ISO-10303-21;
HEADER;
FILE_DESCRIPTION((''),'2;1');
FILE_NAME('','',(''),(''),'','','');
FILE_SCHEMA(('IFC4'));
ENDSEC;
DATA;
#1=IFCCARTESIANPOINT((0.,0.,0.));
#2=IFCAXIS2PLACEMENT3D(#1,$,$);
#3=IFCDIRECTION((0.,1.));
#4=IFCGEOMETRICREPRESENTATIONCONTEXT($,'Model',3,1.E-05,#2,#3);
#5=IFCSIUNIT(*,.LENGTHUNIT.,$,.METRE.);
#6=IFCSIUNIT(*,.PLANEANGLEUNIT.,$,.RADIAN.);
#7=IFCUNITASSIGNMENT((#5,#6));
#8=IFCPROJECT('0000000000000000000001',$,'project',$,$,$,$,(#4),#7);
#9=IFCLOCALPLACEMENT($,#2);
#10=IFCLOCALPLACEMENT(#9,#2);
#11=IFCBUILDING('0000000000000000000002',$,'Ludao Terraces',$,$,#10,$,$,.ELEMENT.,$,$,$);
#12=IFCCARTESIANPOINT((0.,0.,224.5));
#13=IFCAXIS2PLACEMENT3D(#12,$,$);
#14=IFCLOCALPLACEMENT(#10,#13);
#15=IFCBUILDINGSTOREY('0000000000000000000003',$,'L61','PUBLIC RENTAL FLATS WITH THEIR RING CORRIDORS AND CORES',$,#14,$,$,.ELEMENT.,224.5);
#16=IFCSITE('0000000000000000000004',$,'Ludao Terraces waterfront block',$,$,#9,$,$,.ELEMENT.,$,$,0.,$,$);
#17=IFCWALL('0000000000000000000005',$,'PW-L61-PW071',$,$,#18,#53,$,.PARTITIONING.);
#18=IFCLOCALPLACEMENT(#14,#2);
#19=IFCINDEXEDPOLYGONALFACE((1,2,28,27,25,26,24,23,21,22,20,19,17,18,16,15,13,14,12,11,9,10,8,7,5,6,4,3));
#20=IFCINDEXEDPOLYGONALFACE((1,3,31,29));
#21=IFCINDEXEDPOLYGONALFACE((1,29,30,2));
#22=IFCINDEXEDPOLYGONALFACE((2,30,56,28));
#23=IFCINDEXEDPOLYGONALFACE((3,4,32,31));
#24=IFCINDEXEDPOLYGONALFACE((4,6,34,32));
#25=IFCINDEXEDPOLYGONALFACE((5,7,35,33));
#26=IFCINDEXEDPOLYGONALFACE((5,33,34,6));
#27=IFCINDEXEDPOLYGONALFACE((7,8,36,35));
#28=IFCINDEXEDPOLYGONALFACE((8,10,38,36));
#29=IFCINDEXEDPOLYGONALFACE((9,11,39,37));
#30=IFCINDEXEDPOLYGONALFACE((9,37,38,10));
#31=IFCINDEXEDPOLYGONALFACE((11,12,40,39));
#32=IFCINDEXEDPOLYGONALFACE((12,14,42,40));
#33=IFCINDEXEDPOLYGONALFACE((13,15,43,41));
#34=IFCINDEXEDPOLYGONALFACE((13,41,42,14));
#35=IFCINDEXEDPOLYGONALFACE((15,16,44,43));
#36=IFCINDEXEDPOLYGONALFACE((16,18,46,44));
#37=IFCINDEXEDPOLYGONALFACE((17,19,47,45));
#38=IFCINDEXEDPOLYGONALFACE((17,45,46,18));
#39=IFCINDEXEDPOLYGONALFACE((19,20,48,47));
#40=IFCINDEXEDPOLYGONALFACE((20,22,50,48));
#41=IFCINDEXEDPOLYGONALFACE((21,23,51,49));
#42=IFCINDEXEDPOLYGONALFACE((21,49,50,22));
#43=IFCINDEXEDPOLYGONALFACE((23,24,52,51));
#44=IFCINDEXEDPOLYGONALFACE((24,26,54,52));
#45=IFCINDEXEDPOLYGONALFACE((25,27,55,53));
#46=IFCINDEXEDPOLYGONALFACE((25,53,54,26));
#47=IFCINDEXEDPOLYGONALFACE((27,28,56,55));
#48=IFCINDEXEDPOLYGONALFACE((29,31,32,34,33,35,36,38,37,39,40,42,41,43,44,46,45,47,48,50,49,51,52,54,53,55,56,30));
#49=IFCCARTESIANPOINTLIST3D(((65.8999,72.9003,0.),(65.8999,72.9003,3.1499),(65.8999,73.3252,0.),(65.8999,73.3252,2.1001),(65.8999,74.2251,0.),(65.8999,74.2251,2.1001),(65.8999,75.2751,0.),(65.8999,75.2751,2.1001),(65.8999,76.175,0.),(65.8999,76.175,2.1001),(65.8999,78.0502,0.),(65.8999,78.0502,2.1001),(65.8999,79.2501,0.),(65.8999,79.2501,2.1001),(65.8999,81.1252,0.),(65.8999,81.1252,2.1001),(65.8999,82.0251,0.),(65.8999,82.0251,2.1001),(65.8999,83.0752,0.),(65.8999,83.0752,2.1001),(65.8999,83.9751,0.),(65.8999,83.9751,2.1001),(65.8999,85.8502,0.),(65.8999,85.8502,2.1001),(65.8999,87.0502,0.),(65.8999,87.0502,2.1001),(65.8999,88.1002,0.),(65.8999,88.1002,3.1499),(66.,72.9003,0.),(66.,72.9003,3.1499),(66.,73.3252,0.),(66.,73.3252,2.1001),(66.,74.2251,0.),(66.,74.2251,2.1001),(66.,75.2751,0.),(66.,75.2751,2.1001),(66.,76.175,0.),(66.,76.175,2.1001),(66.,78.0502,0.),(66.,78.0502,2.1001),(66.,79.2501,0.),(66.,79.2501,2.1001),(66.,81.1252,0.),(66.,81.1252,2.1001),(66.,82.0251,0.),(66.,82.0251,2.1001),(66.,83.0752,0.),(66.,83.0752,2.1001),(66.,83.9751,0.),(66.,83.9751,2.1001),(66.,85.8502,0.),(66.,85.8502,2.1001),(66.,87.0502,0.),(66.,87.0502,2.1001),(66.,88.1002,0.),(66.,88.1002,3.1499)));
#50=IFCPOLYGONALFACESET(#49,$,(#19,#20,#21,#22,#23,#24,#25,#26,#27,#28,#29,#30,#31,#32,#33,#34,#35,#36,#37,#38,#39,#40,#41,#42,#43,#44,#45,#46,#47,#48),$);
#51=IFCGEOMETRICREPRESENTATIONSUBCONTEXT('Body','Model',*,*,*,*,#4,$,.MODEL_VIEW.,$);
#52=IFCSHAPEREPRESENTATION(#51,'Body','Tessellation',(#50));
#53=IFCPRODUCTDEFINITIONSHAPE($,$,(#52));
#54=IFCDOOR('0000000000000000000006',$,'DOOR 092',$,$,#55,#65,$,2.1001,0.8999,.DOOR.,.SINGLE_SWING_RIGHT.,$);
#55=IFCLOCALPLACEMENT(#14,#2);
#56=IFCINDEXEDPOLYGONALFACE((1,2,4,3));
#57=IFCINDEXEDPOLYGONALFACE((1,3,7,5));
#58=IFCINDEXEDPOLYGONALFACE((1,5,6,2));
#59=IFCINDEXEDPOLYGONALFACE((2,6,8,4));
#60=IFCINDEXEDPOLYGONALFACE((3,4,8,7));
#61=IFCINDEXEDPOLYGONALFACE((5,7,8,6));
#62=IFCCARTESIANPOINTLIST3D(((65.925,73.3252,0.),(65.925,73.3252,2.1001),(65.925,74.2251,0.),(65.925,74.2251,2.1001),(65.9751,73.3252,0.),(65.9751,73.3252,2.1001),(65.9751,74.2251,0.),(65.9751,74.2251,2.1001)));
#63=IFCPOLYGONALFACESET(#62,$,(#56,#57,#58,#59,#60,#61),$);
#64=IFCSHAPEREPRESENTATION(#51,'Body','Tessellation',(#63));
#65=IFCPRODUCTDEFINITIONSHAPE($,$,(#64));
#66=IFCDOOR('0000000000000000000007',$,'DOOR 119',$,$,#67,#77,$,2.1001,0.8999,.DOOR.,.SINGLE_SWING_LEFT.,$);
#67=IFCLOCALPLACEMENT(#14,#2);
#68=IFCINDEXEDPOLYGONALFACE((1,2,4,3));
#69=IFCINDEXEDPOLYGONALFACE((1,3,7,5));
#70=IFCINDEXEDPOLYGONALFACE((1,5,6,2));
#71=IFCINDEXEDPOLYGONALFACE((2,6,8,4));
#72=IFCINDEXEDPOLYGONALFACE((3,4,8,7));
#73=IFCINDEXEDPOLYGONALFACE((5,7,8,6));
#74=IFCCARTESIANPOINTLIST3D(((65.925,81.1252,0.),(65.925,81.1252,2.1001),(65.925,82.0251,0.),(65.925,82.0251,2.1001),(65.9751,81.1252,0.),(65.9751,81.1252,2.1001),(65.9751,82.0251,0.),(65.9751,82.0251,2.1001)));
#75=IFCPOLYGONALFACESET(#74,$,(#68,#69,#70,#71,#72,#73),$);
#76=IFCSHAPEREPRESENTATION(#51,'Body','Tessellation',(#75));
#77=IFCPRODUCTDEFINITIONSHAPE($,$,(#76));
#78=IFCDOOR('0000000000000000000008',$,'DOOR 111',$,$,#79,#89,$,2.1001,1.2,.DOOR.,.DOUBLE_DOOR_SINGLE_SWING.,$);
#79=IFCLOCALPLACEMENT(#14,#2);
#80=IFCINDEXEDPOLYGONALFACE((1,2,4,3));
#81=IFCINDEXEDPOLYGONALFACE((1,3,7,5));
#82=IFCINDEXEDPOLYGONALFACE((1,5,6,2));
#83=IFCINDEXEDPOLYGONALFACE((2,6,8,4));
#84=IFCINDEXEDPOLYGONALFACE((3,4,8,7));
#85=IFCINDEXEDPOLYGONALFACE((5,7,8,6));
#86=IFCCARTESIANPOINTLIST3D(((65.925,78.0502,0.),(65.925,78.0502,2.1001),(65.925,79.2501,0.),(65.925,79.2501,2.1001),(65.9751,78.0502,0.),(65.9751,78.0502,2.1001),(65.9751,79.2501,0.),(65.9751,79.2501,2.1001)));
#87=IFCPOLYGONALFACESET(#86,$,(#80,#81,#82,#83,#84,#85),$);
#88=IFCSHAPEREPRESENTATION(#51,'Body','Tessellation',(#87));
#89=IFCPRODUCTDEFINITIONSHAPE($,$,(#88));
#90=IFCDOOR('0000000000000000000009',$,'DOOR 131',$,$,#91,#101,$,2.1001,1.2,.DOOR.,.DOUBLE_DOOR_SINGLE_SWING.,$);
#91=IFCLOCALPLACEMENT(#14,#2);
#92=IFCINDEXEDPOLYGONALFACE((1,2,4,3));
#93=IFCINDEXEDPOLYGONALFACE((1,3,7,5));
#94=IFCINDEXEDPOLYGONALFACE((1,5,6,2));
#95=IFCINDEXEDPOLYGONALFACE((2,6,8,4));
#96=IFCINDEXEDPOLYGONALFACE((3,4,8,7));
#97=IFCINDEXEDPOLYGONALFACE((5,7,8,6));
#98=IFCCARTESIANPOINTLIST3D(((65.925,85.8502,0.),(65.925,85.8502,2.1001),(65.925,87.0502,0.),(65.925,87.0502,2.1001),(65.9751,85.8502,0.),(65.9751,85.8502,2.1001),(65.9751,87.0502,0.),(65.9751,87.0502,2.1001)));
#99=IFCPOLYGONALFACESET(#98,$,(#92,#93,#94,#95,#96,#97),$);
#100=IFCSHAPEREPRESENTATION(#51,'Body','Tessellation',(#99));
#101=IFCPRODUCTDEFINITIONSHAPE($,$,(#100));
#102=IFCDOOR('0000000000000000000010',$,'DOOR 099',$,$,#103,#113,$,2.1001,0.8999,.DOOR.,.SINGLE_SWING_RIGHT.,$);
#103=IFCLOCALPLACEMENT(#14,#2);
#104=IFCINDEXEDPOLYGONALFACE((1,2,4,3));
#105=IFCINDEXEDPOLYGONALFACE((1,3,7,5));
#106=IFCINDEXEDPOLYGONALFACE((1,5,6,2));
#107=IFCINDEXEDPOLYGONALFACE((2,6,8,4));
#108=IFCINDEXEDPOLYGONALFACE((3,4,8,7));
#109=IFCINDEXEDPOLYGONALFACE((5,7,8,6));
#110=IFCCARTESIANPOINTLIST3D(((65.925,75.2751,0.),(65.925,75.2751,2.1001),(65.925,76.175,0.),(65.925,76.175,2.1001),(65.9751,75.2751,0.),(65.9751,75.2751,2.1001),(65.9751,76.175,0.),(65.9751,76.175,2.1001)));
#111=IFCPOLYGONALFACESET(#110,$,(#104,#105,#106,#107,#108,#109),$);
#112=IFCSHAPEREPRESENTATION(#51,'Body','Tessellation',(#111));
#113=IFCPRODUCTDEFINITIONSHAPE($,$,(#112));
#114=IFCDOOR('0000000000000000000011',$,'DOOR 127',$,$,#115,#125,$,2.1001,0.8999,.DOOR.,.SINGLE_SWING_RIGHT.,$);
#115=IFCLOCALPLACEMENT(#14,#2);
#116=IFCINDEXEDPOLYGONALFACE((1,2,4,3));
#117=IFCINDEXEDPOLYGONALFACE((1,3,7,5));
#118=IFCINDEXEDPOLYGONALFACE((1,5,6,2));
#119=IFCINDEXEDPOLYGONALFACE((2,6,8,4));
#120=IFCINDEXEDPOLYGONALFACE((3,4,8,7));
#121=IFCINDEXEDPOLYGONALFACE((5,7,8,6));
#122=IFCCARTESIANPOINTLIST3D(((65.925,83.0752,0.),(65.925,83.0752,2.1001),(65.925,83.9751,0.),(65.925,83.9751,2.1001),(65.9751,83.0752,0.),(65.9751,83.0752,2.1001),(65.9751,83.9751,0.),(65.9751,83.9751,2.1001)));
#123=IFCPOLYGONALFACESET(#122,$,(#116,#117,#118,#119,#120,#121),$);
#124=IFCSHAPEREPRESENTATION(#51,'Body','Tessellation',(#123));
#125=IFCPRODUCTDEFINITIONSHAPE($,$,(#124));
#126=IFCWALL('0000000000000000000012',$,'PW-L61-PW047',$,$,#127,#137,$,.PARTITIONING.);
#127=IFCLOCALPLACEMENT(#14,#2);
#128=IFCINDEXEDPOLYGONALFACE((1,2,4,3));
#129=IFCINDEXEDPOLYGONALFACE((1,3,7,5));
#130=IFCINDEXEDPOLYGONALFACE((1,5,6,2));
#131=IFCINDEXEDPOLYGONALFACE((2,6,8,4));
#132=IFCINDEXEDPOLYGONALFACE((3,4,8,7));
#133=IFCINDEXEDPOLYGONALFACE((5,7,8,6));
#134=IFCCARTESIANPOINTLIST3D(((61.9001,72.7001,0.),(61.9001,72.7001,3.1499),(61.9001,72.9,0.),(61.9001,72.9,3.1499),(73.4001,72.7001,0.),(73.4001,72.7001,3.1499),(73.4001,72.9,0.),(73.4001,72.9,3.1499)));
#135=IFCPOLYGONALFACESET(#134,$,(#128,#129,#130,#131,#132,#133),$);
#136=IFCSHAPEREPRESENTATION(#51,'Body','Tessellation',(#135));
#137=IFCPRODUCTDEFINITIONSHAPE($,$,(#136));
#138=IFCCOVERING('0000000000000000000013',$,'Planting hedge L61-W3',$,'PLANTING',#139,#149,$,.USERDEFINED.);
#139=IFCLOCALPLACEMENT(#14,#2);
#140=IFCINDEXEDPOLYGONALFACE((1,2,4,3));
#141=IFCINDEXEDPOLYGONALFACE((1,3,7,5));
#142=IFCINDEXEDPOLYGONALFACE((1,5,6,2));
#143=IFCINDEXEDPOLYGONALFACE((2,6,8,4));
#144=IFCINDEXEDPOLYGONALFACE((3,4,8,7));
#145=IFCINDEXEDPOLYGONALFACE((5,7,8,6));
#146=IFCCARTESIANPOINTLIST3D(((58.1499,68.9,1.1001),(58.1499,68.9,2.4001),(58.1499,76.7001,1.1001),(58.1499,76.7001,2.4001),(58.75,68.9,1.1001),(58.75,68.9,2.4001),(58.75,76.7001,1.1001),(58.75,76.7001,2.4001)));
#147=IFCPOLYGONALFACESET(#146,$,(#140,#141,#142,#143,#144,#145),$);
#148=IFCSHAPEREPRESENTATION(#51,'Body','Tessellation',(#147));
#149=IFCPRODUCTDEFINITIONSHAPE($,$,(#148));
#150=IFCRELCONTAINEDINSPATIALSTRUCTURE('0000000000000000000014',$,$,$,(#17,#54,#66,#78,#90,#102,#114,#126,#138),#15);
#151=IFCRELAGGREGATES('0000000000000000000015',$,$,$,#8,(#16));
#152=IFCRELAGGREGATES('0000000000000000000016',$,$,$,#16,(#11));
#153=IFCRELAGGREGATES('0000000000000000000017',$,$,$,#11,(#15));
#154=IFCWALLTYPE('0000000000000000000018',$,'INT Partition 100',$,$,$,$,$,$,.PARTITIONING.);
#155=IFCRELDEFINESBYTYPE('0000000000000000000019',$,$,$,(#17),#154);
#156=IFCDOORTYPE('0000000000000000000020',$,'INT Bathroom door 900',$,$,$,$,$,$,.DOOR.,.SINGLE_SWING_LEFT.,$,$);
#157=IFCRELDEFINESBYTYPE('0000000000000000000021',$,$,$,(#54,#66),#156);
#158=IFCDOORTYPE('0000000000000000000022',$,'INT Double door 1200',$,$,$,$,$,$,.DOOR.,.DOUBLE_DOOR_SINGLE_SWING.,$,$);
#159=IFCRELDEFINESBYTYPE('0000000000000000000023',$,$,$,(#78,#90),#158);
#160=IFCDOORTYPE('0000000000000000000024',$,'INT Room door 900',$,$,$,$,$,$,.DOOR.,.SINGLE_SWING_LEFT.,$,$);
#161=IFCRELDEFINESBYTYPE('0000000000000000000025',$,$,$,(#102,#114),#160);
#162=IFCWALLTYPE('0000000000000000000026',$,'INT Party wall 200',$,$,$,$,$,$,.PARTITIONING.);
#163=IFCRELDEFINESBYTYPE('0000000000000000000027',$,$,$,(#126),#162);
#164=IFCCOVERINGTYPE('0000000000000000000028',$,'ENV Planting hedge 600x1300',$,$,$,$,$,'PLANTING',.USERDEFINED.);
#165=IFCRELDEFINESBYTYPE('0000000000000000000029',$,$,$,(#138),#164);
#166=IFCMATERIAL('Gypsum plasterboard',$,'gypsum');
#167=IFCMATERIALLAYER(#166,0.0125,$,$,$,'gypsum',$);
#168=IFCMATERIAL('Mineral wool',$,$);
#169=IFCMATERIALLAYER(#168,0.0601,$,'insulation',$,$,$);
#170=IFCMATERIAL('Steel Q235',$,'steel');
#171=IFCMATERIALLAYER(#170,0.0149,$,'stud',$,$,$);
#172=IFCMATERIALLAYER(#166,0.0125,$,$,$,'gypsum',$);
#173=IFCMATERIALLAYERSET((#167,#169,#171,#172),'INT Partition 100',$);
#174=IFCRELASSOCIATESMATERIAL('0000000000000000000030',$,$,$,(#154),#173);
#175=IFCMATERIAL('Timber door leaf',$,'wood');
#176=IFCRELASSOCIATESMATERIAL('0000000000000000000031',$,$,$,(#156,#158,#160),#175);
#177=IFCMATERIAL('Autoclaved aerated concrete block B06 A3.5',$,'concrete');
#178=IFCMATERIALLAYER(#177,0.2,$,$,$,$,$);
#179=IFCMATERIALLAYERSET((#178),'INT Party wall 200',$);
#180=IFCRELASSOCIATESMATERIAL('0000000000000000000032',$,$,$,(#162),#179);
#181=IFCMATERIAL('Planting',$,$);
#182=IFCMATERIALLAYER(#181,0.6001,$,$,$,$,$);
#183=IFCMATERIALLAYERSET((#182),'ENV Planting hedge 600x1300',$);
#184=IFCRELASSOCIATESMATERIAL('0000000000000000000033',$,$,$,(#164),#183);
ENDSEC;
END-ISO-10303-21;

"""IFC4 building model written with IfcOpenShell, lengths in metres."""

from ifc_helpers import new_model, si_unit, direction, frame, frame_2d, origin, origin_2d, place, context, subcontext, project, spatial, rectangle, extrude, material, layer, layer_set, type_object, element, fill, save


model = new_model("IFC4")

# Units and contexts
model_context = context("Model", 3, precision=1e-05, world=origin(), true_north=direction((0.0, 1.0)))
body_context = subcontext(model_context, "Body", "Model", "MODEL_VIEW")
ifc_project = project(units=[si_unit("LENGTHUNIT", "METRE"), si_unit("PLANEANGLEUNIT", "RADIAN")], contexts=[model_context])

# Site, building, storey
site_placement = place(None, origin())
site = spatial("IfcSite", under=ifc_project, at=site_placement, Name="Ludao Terraces waterfront block", CompositionType="ELEMENT", RefElevation=0.0)
building_placement = place(site_placement, origin())
building = spatial("IfcBuilding", under=site, at=building_placement, Name="Ludao Terraces", CompositionType="ELEMENT")
storey_placement = place(building_placement, frame((0.0, 0.0, 224.5)))
storey = spatial("IfcBuildingStorey", under=building, at=storey_placement, Name="L61", Description="PUBLIC RENTAL FLATS WITH THEIR RING CORRIDORS AND CORES", CompositionType="ELEMENT", Elevation=224.5)

# Shared definitions
ifc_material_1 = material(Name="Mineral wool")

# Shared definitions
ifc_material_2 = material(Name="Gypsum plasterboard", Category="gypsum")
ifc_layer_1 = layer(ifc_material_2, 0.0125, Category="gypsum")
ifc_layer_2 = layer(ifc_material_1, 0.0601, Name="insulation")
ifc_material_3 = material(Name="Steel Q235", Category="steel")
ifc_layer_3 = layer(ifc_material_3, 0.0149, Name="stud")
ifc_layer_4 = layer(ifc_material_2, 0.0125, Category="gypsum")
ifc_layer_set_1 = layer_set([ifc_layer_1, ifc_layer_2, ifc_layer_3, ifc_layer_4], Name="INT Partition 100")
wall_type_1 = type_object("IfcWallType", Name="INT Partition 100", PredefinedType="PARTITIONING", material=ifc_layer_set_1)

# Wall, openings, doors
wall_1_placement = place(storey_placement, frame((65.95, 72.9001, 0.0), z_axis=(0.0, 0.0, 1.0), x_axis=(0.0, 1.0, 0.0)))
wall_1 = element("IfcWall", 1, at=wall_1_placement, inside=storey, type_object=wall_type_1, Name="PW-L61-PW071", PredefinedType="PARTITIONING", context=body_context, shape_type="SweptSolid", body=[
    extrude(rectangle(XDim=15.2, YDim=0.1001, at=frame_2d((7.6001, 0.0))), origin(), (0.0, 0.0, 1.0), 3.1499),
])
opening_1_placement = place(wall_1_placement, frame((0.425, 0.0, 0.0)))
opening_1 = element("IfcOpeningElement", 2, at=opening_1_placement, cuts=wall_1, PredefinedType="OPENING", context=body_context, shape_type="SweptSolid", body=[
    extrude(rectangle(XDim=0.8999, YDim=2.1001, at=frame_2d((0.45, 1.05))), frame((0.0, 0.0601, 0.0), z_axis=(0.0, -1.0, 0.0), x_axis=(1.0, 0.0, 0.0)), (0.0, 0.0, 1.0), 0.1201),
])
opening_2_placement = place(wall_1_placement, frame((2.375, 0.0, 0.0)))
opening_2 = element("IfcOpeningElement", 3, at=opening_2_placement, cuts=wall_1, PredefinedType="OPENING", context=body_context, shape_type="SweptSolid", body=[
    extrude(rectangle(XDim=0.8999, YDim=2.1001, at=frame_2d((0.45, 1.05))), frame((0.0, 0.0601, 0.0), z_axis=(0.0, -1.0, 0.0), x_axis=(1.0, 0.0, 0.0)), (0.0, 0.0, 1.0), 0.1201),
])
opening_3_placement = place(wall_1_placement, frame((5.1499, 0.0, 0.0)))
opening_3 = element("IfcOpeningElement", 4, at=opening_3_placement, cuts=wall_1, PredefinedType="OPENING", context=body_context, shape_type="SweptSolid", body=[
    extrude(rectangle(XDim=1.2, YDim=2.1001, at=frame_2d((0.6001, 1.05))), frame((0.0, 0.0601, 0.0), z_axis=(0.0, -1.0, 0.0), x_axis=(1.0, 0.0, 0.0)), (0.0, 0.0, 1.0), 0.1201),
])
opening_4_placement = place(wall_1_placement, frame((8.2251, 0.0, 0.0)))
opening_4 = element("IfcOpeningElement", 5, at=opening_4_placement, cuts=wall_1, PredefinedType="OPENING", context=body_context, shape_type="SweptSolid", body=[
    extrude(rectangle(XDim=0.8999, YDim=2.1001, at=frame_2d((0.45, 1.05))), frame((0.0, 0.0601, 0.0), z_axis=(0.0, -1.0, 0.0), x_axis=(1.0, 0.0, 0.0)), (0.0, 0.0, 1.0), 0.1201),
])
opening_5_placement = place(wall_1_placement, frame((10.175, 0.0, 0.0)))
opening_5 = element("IfcOpeningElement", 6, at=opening_5_placement, cuts=wall_1, PredefinedType="OPENING", context=body_context, shape_type="SweptSolid", body=[
    extrude(rectangle(XDim=0.8999, YDim=2.1001, at=frame_2d((0.45, 1.05))), frame((0.0, 0.0601, 0.0), z_axis=(0.0, -1.0, 0.0), x_axis=(1.0, 0.0, 0.0)), (0.0, 0.0, 1.0), 0.1201),
])
opening_6_placement = place(wall_1_placement, frame((12.95, 0.0, 0.0)))
opening_6 = element("IfcOpeningElement", 7, at=opening_6_placement, cuts=wall_1, PredefinedType="OPENING", context=body_context, shape_type="SweptSolid", body=[
    extrude(rectangle(XDim=1.2, YDim=2.1001, at=frame_2d((0.6001, 1.05))), frame((0.0, 0.0601, 0.0), z_axis=(0.0, -1.0, 0.0), x_axis=(1.0, 0.0, 0.0)), (0.0, 0.0, 1.0), 0.1201),
])
ifc_material_4 = material(Name="Timber door leaf", Category="wood")
door_type_1 = type_object("IfcDoorType", Name="INT Bathroom door 900", OperationType="SINGLE_SWING_LEFT", PredefinedType="DOOR", material=ifc_material_4)
door_1_placement = place(opening_1_placement, origin())
door_1 = element("IfcDoor", 8, at=door_1_placement, inside=storey, type_object=door_type_1, Name="DOOR 092", OperationType="SINGLE_SWING_RIGHT", OverallHeight=2.1001, OverallWidth=0.8999, PredefinedType="DOOR", context=body_context, shape_type="SweptSolid", body=[
    extrude(rectangle(XDim=0.8999, YDim=2.1001, at=frame_2d((0.45, 1.05))), frame((0.0, 0.0249, 0.0), z_axis=(0.0, -1.0, 0.0), x_axis=(1.0, 0.0, 0.0)), (0.0, 0.0, 1.0), 0.05),
])
fill(opening_1, door_1)
door_2_placement = place(opening_4_placement, origin())
door_2 = element("IfcDoor", 9, at=door_2_placement, inside=storey, type_object=door_type_1, Name="DOOR 119", OperationType="SINGLE_SWING_LEFT", OverallHeight=2.1001, OverallWidth=0.8999, PredefinedType="DOOR", context=body_context, shape_type="SweptSolid", body=[
    extrude(rectangle(XDim=0.8999, YDim=2.1001, at=frame_2d((0.45, 1.05))), frame((0.0, 0.0249, 0.0), z_axis=(0.0, -1.0, 0.0), x_axis=(1.0, 0.0, 0.0)), (0.0, 0.0, 1.0), 0.05),
])
fill(opening_4, door_2)
door_type_2 = type_object("IfcDoorType", Name="INT Double door 1200", OperationType="DOUBLE_DOOR_SINGLE_SWING", PredefinedType="DOOR", material=ifc_material_4)
door_3_placement = place(opening_3_placement, origin())
door_3 = element("IfcDoor", 10, at=door_3_placement, inside=storey, type_object=door_type_2, Name="DOOR 111", OperationType="DOUBLE_DOOR_SINGLE_SWING", OverallHeight=2.1001, OverallWidth=1.2, PredefinedType="DOOR", context=body_context, shape_type="SweptSolid", body=[
    extrude(rectangle(XDim=1.2, YDim=2.1001, at=frame_2d((0.6001, 1.05))), frame((0.0, 0.0249, 0.0), z_axis=(0.0, -1.0, 0.0), x_axis=(1.0, 0.0, 0.0)), (0.0, 0.0, 1.0), 0.05),
])
fill(opening_3, door_3)
door_4_placement = place(opening_6_placement, origin())
door_4 = element("IfcDoor", 11, at=door_4_placement, inside=storey, type_object=door_type_2, Name="DOOR 131", OperationType="DOUBLE_DOOR_SINGLE_SWING", OverallHeight=2.1001, OverallWidth=1.2, PredefinedType="DOOR", context=body_context, shape_type="SweptSolid", body=[
    extrude(rectangle(XDim=1.2, YDim=2.1001, at=frame_2d((0.6001, 1.05))), frame((0.0, 0.0249, 0.0), z_axis=(0.0, -1.0, 0.0), x_axis=(1.0, 0.0, 0.0)), (0.0, 0.0, 1.0), 0.05),
])
fill(opening_6, door_4)
door_type_3 = type_object("IfcDoorType", Name="INT Room door 900", OperationType="SINGLE_SWING_LEFT", PredefinedType="DOOR", material=ifc_material_4)
door_5_placement = place(opening_2_placement, origin())
door_5 = element("IfcDoor", 12, at=door_5_placement, inside=storey, type_object=door_type_3, Name="DOOR 099", OperationType="SINGLE_SWING_RIGHT", OverallHeight=2.1001, OverallWidth=0.8999, PredefinedType="DOOR", context=body_context, shape_type="SweptSolid", body=[
    extrude(rectangle(XDim=0.8999, YDim=2.1001, at=frame_2d((0.45, 1.05))), frame((0.0, 0.0249, 0.0), z_axis=(0.0, -1.0, 0.0), x_axis=(1.0, 0.0, 0.0)), (0.0, 0.0, 1.0), 0.05),
])
fill(opening_2, door_5)
door_6_placement = place(opening_5_placement, origin())
door_6 = element("IfcDoor", 13, at=door_6_placement, inside=storey, type_object=door_type_3, Name="DOOR 127", OperationType="SINGLE_SWING_RIGHT", OverallHeight=2.1001, OverallWidth=0.8999, PredefinedType="DOOR", context=body_context, shape_type="SweptSolid", body=[
    extrude(rectangle(XDim=0.8999, YDim=2.1001, at=frame_2d((0.45, 1.05))), frame((0.0, 0.0249, 0.0), z_axis=(0.0, -1.0, 0.0), x_axis=(1.0, 0.0, 0.0)), (0.0, 0.0, 1.0), 0.05),
])
fill(opening_5, door_6)

# Wall
ifc_material_5 = material(Name="Autoclaved aerated concrete block B06 A3.5", Category="concrete")
ifc_layer_5 = layer(ifc_material_5, 0.2)
ifc_layer_set_2 = layer_set([ifc_layer_5], Name="INT Party wall 200")
wall_type_2 = type_object("IfcWallType", Name="INT Party wall 200", PredefinedType="PARTITIONING", material=ifc_layer_set_2)
wall_2_placement = place(storey_placement, frame((61.9001, 72.8, 0.0), z_axis=(0.0, 0.0, 1.0), x_axis=(1.0, 0.0, 0.0)))
element("IfcWall", 14, at=wall_2_placement, inside=storey, type_object=wall_type_2, Name="PW-L61-PW047", PredefinedType="PARTITIONING", context=body_context, shape_type="SweptSolid", body=[
    extrude(rectangle(XDim=11.5, YDim=0.2, at=frame_2d((5.75, 0.0))), origin(), (0.0, 0.0, 1.0), 3.1499),
])

# Covering
ifc_material_6 = material(Name="Planting")
ifc_layer_6 = layer(ifc_material_6, 0.6001)
ifc_layer_set_3 = layer_set([ifc_layer_6], Name="ENV Planting hedge 600x1300")
covering_type = type_object("IfcCoveringType", Name="ENV Planting hedge 600x1300", ElementType="PLANTING", PredefinedType="USERDEFINED", material=ifc_layer_set_3)
covering_placement = place(storey_placement, frame((58.45, 72.8, 1.1001), z_axis=(0.0, 0.0, 1.0), x_axis=(1.0, 0.0, 0.0)))
element("IfcCovering", 15, at=covering_placement, inside=storey, type_object=covering_type, Name="Planting hedge L61-W3", ObjectType="PLANTING", PredefinedType="USERDEFINED", context=body_context, shape_type="SweptSolid", body=[
    extrude(rectangle(XDim=0.6001, YDim=7.8, at=origin_2d()), origin(), (0.0, 0.0, 1.0), 1.3),
])

save(model, "model.ifc")
